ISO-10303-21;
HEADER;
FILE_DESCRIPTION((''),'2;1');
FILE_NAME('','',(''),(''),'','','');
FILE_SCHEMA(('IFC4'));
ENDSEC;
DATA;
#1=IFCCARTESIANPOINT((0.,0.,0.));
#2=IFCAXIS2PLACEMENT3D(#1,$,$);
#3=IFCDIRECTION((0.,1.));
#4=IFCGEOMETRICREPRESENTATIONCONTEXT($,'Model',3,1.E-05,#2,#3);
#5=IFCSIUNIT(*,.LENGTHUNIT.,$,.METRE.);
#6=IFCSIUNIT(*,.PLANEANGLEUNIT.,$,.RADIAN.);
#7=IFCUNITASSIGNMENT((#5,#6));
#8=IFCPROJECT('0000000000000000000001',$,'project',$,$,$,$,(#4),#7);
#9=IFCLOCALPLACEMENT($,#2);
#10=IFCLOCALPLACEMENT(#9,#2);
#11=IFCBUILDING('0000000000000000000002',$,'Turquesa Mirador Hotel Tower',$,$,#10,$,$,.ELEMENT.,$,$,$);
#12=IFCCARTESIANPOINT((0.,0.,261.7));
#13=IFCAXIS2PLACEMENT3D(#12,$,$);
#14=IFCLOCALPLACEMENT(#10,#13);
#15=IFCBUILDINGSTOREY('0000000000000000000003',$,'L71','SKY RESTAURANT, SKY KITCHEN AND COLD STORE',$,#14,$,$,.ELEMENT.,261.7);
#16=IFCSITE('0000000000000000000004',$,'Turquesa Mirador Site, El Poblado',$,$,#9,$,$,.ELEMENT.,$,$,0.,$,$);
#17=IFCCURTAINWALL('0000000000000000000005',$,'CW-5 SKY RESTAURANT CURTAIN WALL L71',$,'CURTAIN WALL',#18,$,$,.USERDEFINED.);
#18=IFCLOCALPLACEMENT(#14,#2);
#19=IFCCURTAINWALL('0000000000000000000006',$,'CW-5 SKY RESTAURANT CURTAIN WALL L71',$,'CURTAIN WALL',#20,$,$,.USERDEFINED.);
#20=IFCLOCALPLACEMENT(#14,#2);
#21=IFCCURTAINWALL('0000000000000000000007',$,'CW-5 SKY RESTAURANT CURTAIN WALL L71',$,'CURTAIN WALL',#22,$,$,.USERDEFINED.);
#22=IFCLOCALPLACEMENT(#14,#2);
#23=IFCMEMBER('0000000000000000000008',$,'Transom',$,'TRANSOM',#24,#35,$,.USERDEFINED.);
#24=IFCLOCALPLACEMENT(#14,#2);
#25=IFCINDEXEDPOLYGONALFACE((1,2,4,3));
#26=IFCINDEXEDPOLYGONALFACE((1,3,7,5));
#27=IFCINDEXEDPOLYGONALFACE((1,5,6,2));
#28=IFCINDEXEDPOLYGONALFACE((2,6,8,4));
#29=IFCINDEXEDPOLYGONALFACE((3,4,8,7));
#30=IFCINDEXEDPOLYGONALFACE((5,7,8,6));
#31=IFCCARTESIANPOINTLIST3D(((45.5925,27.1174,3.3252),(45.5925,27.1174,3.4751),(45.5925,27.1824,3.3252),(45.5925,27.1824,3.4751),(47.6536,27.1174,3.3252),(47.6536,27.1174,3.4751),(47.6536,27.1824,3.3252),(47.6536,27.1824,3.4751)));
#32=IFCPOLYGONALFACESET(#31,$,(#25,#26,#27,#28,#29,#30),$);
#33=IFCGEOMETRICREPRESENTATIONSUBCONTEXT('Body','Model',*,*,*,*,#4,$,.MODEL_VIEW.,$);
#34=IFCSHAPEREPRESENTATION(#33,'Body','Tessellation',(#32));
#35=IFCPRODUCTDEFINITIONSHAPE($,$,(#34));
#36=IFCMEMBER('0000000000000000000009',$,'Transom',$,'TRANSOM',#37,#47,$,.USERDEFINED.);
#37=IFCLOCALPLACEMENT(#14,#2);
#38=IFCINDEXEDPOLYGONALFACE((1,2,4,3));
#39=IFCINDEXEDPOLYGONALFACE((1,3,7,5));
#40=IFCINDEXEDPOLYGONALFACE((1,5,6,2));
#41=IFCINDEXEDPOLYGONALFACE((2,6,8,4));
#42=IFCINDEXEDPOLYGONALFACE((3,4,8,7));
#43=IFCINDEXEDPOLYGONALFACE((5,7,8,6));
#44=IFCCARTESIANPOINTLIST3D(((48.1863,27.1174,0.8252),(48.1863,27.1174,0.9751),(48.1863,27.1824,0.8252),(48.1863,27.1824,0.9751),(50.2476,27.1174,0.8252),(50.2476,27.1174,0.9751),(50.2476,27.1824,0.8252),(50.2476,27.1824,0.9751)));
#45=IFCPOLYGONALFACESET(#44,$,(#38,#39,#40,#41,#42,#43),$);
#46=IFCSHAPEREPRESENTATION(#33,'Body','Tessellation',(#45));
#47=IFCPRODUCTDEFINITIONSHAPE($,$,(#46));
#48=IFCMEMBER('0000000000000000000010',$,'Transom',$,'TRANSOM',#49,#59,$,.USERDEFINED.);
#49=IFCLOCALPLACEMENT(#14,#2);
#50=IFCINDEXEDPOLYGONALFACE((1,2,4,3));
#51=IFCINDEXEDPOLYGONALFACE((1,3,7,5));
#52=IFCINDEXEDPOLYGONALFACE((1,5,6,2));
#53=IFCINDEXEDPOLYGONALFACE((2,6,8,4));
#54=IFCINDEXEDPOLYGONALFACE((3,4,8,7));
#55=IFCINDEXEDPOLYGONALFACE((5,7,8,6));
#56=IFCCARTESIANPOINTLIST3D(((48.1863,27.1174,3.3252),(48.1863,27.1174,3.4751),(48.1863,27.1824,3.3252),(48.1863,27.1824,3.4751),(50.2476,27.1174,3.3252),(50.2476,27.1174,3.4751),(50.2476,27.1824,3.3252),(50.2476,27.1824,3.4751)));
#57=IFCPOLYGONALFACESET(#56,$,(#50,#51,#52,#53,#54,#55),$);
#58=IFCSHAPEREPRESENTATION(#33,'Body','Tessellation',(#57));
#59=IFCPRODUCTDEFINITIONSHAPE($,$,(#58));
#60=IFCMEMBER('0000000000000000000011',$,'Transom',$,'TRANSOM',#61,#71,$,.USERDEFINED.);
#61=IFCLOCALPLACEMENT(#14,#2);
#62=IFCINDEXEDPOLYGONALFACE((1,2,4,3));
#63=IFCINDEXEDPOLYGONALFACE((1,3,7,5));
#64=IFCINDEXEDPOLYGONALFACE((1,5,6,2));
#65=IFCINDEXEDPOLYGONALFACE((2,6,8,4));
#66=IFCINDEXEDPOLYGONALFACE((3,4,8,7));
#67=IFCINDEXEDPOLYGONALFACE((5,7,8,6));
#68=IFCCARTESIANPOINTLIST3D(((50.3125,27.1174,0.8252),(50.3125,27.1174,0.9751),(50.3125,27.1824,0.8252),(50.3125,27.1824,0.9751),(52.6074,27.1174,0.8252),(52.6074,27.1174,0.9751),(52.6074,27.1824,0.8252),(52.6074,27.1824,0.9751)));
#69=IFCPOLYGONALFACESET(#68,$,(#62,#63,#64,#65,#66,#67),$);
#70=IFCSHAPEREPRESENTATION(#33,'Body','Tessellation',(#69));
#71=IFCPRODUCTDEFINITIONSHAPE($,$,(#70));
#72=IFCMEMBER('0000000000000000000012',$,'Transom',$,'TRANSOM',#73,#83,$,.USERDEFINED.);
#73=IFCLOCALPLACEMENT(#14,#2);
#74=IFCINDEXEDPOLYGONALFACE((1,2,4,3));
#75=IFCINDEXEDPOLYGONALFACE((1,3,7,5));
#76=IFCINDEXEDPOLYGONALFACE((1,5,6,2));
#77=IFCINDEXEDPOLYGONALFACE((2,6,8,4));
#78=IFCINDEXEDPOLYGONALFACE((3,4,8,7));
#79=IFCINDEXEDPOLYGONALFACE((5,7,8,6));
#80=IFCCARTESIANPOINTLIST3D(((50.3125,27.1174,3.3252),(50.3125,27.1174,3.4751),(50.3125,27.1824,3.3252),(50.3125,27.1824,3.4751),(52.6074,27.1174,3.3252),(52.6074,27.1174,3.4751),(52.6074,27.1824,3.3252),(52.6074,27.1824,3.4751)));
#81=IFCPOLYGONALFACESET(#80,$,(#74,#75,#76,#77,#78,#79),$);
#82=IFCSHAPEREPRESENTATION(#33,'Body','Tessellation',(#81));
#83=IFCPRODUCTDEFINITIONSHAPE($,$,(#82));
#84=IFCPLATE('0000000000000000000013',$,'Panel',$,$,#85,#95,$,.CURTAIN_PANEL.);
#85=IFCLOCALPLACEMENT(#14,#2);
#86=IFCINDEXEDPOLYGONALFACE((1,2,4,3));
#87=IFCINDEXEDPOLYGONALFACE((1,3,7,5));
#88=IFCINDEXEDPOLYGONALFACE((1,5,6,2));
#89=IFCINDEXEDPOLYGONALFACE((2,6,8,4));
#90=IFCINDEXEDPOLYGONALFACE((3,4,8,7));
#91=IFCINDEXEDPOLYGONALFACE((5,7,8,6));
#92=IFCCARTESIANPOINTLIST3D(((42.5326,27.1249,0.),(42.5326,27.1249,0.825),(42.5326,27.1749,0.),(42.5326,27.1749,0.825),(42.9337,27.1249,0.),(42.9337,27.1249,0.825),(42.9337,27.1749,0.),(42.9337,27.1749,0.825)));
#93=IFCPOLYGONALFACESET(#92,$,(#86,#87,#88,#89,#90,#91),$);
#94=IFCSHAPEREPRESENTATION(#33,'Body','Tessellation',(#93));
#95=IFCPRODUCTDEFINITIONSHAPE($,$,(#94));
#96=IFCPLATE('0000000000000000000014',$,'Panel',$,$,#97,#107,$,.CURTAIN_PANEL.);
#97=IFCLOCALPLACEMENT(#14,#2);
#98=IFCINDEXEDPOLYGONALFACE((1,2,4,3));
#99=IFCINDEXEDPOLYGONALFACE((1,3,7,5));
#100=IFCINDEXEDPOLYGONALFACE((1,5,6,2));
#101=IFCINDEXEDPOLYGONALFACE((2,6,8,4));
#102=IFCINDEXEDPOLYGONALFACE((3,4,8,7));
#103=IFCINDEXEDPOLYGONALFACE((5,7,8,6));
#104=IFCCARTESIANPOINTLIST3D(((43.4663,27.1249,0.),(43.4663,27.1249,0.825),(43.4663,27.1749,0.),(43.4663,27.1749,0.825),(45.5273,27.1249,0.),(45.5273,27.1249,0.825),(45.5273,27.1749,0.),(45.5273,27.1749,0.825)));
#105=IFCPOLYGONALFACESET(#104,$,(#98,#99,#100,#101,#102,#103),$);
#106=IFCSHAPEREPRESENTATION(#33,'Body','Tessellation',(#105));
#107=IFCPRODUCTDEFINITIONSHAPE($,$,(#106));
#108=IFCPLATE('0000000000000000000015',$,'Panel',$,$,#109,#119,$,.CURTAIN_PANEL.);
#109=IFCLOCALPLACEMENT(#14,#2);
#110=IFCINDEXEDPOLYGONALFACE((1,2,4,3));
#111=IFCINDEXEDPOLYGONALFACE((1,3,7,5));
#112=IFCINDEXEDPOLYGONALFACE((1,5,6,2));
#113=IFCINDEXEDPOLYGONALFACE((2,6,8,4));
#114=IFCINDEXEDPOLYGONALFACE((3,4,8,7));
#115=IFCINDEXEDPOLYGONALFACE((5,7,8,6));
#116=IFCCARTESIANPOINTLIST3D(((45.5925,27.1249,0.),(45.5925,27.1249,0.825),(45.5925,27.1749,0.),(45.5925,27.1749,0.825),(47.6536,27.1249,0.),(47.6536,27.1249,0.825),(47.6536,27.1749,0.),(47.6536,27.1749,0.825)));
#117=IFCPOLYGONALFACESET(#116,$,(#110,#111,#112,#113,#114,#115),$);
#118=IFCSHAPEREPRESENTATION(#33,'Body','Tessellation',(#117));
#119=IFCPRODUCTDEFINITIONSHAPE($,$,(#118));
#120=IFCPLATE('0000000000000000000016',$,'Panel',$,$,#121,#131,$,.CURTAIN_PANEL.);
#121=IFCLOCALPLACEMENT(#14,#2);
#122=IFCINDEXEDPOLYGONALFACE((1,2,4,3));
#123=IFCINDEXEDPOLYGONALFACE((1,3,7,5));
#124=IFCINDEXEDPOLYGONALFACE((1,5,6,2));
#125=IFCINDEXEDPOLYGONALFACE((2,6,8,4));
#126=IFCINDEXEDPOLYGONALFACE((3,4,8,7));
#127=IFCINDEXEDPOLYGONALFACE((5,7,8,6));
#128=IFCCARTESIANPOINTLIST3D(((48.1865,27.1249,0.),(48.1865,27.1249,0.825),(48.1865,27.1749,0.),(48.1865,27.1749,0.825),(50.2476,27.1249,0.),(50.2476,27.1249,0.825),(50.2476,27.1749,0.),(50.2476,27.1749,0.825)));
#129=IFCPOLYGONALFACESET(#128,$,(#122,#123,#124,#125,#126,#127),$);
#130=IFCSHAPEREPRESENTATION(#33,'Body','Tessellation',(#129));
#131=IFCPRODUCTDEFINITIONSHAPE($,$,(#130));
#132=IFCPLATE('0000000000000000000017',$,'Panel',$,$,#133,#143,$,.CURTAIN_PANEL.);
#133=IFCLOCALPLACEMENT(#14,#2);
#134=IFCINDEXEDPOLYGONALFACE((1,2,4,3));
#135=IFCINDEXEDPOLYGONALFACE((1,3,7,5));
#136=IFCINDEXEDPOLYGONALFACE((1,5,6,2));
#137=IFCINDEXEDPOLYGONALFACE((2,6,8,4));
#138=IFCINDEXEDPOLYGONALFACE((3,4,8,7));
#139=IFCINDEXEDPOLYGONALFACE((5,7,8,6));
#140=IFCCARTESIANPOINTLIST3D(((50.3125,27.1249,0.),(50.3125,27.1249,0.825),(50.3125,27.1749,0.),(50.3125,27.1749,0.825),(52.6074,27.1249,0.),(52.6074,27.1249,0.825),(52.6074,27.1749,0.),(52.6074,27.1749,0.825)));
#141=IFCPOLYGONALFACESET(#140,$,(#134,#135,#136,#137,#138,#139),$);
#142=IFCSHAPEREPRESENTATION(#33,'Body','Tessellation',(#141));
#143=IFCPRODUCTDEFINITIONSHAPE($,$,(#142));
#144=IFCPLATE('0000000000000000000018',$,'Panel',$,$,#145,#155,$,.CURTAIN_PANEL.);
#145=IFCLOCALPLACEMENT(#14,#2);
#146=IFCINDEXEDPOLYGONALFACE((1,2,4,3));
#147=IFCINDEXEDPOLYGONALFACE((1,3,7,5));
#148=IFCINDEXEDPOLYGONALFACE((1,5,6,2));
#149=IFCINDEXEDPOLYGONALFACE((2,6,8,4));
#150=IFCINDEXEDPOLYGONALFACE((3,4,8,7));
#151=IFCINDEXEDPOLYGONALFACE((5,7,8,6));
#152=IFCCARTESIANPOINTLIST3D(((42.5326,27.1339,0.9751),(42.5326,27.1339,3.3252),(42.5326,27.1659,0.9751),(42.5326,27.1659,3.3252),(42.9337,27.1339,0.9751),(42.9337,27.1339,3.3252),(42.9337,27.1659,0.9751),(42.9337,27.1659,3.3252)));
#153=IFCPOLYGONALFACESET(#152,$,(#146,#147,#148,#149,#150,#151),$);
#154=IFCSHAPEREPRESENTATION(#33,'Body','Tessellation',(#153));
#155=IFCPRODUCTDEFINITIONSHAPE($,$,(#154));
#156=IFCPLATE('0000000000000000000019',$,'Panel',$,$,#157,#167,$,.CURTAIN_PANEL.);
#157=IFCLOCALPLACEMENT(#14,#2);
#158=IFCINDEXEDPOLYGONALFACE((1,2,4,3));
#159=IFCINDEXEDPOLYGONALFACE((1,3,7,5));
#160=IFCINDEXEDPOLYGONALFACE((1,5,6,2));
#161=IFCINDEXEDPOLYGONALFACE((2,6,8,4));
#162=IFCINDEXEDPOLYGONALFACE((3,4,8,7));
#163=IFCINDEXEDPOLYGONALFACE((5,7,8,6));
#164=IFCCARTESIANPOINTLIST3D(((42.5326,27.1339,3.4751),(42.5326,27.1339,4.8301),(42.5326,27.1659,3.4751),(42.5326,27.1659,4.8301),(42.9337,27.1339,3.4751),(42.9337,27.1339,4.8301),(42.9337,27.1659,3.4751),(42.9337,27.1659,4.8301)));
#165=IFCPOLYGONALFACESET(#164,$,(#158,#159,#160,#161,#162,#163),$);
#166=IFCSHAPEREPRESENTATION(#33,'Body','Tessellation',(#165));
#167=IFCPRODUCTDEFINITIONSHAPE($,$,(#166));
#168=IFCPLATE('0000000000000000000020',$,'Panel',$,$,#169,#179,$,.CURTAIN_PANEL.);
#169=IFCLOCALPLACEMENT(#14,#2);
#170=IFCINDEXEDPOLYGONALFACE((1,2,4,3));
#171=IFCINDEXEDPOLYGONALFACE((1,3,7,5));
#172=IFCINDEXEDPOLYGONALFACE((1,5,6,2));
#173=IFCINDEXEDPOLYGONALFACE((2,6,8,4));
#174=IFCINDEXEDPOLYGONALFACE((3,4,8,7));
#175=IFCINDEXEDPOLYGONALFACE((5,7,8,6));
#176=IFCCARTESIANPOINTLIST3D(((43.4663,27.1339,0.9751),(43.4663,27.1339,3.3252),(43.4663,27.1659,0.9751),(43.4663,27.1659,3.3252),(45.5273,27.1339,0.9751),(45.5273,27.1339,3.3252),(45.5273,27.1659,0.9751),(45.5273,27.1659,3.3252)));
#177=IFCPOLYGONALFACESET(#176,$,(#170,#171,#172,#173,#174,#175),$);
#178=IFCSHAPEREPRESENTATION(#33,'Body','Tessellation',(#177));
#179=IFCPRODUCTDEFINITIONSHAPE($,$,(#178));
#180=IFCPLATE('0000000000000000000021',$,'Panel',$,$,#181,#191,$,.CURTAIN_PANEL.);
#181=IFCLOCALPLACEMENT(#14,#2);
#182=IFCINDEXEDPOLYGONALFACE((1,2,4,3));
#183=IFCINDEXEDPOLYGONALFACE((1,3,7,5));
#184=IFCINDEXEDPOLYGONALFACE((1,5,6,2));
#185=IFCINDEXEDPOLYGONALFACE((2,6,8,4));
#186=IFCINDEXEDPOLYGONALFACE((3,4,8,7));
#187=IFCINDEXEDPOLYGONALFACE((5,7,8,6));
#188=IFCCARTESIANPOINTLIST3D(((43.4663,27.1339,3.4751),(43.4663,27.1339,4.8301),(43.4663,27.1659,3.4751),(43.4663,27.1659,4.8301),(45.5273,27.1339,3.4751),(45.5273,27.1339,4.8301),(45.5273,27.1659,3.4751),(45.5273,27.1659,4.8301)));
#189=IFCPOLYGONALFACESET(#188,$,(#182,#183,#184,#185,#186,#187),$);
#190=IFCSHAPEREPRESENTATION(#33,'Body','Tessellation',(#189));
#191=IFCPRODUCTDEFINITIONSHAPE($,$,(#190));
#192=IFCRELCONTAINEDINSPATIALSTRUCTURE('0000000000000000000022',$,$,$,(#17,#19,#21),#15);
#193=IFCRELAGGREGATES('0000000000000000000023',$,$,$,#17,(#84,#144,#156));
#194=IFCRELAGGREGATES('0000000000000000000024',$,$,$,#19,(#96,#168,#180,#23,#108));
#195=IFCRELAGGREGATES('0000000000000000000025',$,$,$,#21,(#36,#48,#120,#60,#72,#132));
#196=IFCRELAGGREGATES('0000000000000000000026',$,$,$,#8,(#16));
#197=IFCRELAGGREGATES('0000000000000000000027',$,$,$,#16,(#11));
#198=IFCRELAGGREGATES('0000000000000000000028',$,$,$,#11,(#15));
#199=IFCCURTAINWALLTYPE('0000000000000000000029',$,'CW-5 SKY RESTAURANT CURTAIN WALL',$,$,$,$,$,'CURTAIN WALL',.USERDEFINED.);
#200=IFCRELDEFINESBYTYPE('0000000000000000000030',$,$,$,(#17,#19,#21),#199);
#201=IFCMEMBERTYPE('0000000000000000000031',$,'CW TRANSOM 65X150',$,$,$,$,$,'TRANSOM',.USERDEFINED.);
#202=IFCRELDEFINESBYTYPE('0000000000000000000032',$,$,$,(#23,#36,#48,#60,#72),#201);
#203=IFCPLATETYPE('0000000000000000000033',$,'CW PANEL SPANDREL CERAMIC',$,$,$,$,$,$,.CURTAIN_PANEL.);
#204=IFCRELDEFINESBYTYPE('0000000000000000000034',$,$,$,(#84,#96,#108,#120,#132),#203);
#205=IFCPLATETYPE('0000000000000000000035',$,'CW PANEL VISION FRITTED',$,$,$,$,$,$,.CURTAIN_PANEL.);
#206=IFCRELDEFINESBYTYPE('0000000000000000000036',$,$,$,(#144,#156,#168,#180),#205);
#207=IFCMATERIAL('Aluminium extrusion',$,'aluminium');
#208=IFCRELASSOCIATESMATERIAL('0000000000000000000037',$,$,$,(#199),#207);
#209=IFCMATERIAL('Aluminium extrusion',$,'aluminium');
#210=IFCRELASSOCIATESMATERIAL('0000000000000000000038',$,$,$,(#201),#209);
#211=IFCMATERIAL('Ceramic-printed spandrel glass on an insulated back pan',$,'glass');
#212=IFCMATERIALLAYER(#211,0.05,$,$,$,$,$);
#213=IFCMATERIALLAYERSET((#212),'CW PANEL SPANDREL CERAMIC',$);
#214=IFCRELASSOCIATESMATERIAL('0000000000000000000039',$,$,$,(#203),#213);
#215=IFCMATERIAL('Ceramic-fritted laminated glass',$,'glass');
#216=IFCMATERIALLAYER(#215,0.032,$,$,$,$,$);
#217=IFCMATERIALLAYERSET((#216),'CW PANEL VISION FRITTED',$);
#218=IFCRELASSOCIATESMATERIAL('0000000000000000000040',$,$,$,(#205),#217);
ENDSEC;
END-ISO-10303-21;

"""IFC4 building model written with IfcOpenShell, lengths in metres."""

from ifc_helpers import new_model, si_unit, direction, frame, origin, origin_2d, place, context, subcontext, project, spatial, rectangle, extrude, material, layer, layer_set, material_profile, profile_set, type_object, element, aggregate, save


model = new_model("IFC4")

# Units and contexts
model_context = context("Model", 3, precision=1e-05, world=origin(), true_north=direction((0.0, 1.0)))
body_context = subcontext(model_context, "Body", "Model", "MODEL_VIEW")
ifc_project = project(units=[si_unit("LENGTHUNIT", "METRE"), si_unit("PLANEANGLEUNIT", "RADIAN")], contexts=[model_context])

# Site, building, storey
site_placement = place(None, origin())
site = spatial("IfcSite", under=ifc_project, at=site_placement, Name="Turquesa Mirador Site, El Poblado", CompositionType="ELEMENT", RefElevation=0.0)
building_placement = place(site_placement, origin())
building = spatial("IfcBuilding", under=site, at=building_placement, Name="Turquesa Mirador Hotel Tower", CompositionType="ELEMENT")
storey_placement = place(building_placement, frame((0.0, 0.0, 261.7)))
storey = spatial("IfcBuildingStorey", under=building, at=storey_placement, Name="L71", Description="SKY RESTAURANT, SKY KITCHEN AND COLD STORE", CompositionType="ELEMENT", Elevation=261.7)

# Curtain walls
ifc_material_1 = material(Name="Aluminium extrusion", Category="aluminium")
curtain_wall_type = type_object("IfcCurtainWallType", Name="CW-5 SKY RESTAURANT CURTAIN WALL", ElementType="CURTAIN WALL", PredefinedType="USERDEFINED", material=ifc_material_1)
curtain_wall_1_placement = place(storey_placement, origin())
curtain_wall_1 = element("IfcCurtainWall", 1, at=curtain_wall_1_placement, inside=storey, type_object=curtain_wall_type, Name="CW-5 SKY RESTAURANT CURTAIN WALL L71", ObjectType="CURTAIN WALL", PredefinedType="USERDEFINED")
curtain_wall_2_placement = place(storey_placement, origin())
curtain_wall_2 = element("IfcCurtainWall", 2, at=curtain_wall_2_placement, inside=storey, type_object=curtain_wall_type, Name="CW-5 SKY RESTAURANT CURTAIN WALL L71", ObjectType="CURTAIN WALL", PredefinedType="USERDEFINED")
curtain_wall_3_placement = place(storey_placement, origin())
curtain_wall_3 = element("IfcCurtainWall", 3, at=curtain_wall_3_placement, inside=storey, type_object=curtain_wall_type, Name="CW-5 SKY RESTAURANT CURTAIN WALL L71", ObjectType="CURTAIN WALL", PredefinedType="USERDEFINED")

# Members
ifc_material_2 = material(Name="Aluminium extrusion", Category="aluminium")
ifc_material_profile_1 = material_profile(ifc_material_2, rectangle(XDim=0.0649, YDim=0.1499, at=origin_2d()), Name="TRANSOM 65X150")
ifc_profile_set_1 = profile_set([ifc_material_profile_1], Name="Aluminium extrusion")
member_type_1 = type_object("IfcMemberType", Name="CW TRANSOM 65X150", ElementType="TRANSOM", PredefinedType="USERDEFINED", material=ifc_profile_set_1)
member_1_placement = place(storey_placement, frame((45.5925, 27.1499, 3.4001), z_axis=(1.0, 0.0, 0.0), x_axis=(0.0, 1.0, 0.0)))
member_1 = element("IfcMember", 4, at=member_1_placement, type_object=member_type_1, Name="Transom", ObjectType="TRANSOM", PredefinedType="USERDEFINED", context=body_context, shape_type="SweptSolid", body=[
    extrude(rectangle(XDim=0.0649, YDim=0.1499, at=origin_2d()), origin(), (0.0, 0.0, 1.0), 2.061),
])
member_2_placement = place(storey_placement, frame((48.1863, 27.1499, 0.9001), z_axis=(1.0, 0.0, 0.0), x_axis=(0.0, 1.0, 0.0)))
member_2 = element("IfcMember", 5, at=member_2_placement, type_object=member_type_1, Name="Transom", ObjectType="TRANSOM", PredefinedType="USERDEFINED", context=body_context, shape_type="SweptSolid", body=[
    extrude(rectangle(XDim=0.0649, YDim=0.1499, at=origin_2d()), origin(), (0.0, 0.0, 1.0), 2.0613),
])
member_3_placement = place(storey_placement, frame((48.1863, 27.1499, 3.4001), z_axis=(1.0, 0.0, 0.0), x_axis=(0.0, 1.0, 0.0)))
member_3 = element("IfcMember", 6, at=member_3_placement, type_object=member_type_1, Name="Transom", ObjectType="TRANSOM", PredefinedType="USERDEFINED", context=body_context, shape_type="SweptSolid", body=[
    extrude(rectangle(XDim=0.0649, YDim=0.1499, at=origin_2d()), origin(), (0.0, 0.0, 1.0), 2.0613),
])
member_4_placement = place(storey_placement, frame((50.3125, 27.1499, 0.9001), z_axis=(1.0, 0.0, 0.0), x_axis=(0.0, 1.0, 0.0)))
member_4 = element("IfcMember", 7, at=member_4_placement, type_object=member_type_1, Name="Transom", ObjectType="TRANSOM", PredefinedType="USERDEFINED", context=body_context, shape_type="SweptSolid", body=[
    extrude(rectangle(XDim=0.0649, YDim=0.1499, at=origin_2d()), origin(), (0.0, 0.0, 1.0), 2.2949),
])
member_5_placement = place(storey_placement, frame((50.3125, 27.1499, 3.4001), z_axis=(1.0, 0.0, 0.0), x_axis=(0.0, 1.0, 0.0)))
member_5 = element("IfcMember", 8, at=member_5_placement, type_object=member_type_1, Name="Transom", ObjectType="TRANSOM", PredefinedType="USERDEFINED", context=body_context, shape_type="SweptSolid", body=[
    extrude(rectangle(XDim=0.0649, YDim=0.1499, at=origin_2d()), origin(), (0.0, 0.0, 1.0), 2.2949),
])

# Plates
ifc_material_3 = material(Name="Ceramic-printed spandrel glass on an insulated back pan", Category="glass")
ifc_layer_1 = layer(ifc_material_3, 0.05)
ifc_layer_set_1 = layer_set([ifc_layer_1], Name="CW PANEL SPANDREL CERAMIC")
plate_type_1 = type_object("IfcPlateType", Name="CW PANEL SPANDREL CERAMIC", PredefinedType="CURTAIN_PANEL", material=ifc_layer_set_1)
plate_1_placement = place(storey_placement, frame((42.7332, 27.1499, 0.0), z_axis=(0.0, 0.0, 1.0), x_axis=(1.0, 0.0, 0.0)))
plate_1 = element("IfcPlate", 9, at=plate_1_placement, type_object=plate_type_1, Name="Panel", PredefinedType="CURTAIN_PANEL", context=body_context, shape_type="SweptSolid", body=[
    extrude(rectangle(XDim=0.4011, YDim=0.05, at=origin_2d()), origin(), (0.0, 0.0, 1.0), 0.825),
])
plate_2_placement = place(storey_placement, frame((44.4968, 27.1499, 0.0), z_axis=(0.0, 0.0, 1.0), x_axis=(1.0, 0.0, 0.0)))
plate_2 = element("IfcPlate", 10, at=plate_2_placement, type_object=plate_type_1, Name="Panel", PredefinedType="CURTAIN_PANEL", context=body_context, shape_type="SweptSolid", body=[
    extrude(rectangle(XDim=2.061, YDim=0.05, at=origin_2d()), origin(), (0.0, 0.0, 1.0), 0.825),
])
plate_3_placement = place(storey_placement, frame((46.623, 27.1499, 0.0), z_axis=(0.0, 0.0, 1.0), x_axis=(1.0, 0.0, 0.0)))
plate_3 = element("IfcPlate", 11, at=plate_3_placement, type_object=plate_type_1, Name="Panel", PredefinedType="CURTAIN_PANEL", context=body_context, shape_type="SweptSolid", body=[
    extrude(rectangle(XDim=2.061, YDim=0.05, at=origin_2d()), origin(), (0.0, 0.0, 1.0), 0.825),
])
plate_4_placement = place(storey_placement, frame((49.217, 27.1499, 0.0), z_axis=(0.0, 0.0, 1.0), x_axis=(1.0, 0.0, 0.0)))
plate_4 = element("IfcPlate", 12, at=plate_4_placement, type_object=plate_type_1, Name="Panel", PredefinedType="CURTAIN_PANEL", context=body_context, shape_type="SweptSolid", body=[
    extrude(rectangle(XDim=2.061, YDim=0.05, at=origin_2d()), origin(), (0.0, 0.0, 1.0), 0.825),
])
plate_5_placement = place(storey_placement, frame((51.46, 27.1499, 0.0), z_axis=(0.0, 0.0, 1.0), x_axis=(1.0, 0.0, 0.0)))
plate_5 = element("IfcPlate", 13, at=plate_5_placement, type_object=plate_type_1, Name="Panel", PredefinedType="CURTAIN_PANEL", context=body_context, shape_type="SweptSolid", body=[
    extrude(rectangle(XDim=2.2949, YDim=0.05, at=origin_2d()), origin(), (0.0, 0.0, 1.0), 0.825),
])
ifc_material_4 = material(Name="Ceramic-fritted laminated glass", Category="glass")
ifc_layer_2 = layer(ifc_material_4, 0.032)
ifc_layer_set_2 = layer_set([ifc_layer_2], Name="CW PANEL VISION FRITTED")
plate_type_2 = type_object("IfcPlateType", Name="CW PANEL VISION FRITTED", PredefinedType="CURTAIN_PANEL", material=ifc_layer_set_2)
plate_6_placement = place(storey_placement, frame((42.7332, 27.1499, 0.9751), z_axis=(0.0, 0.0, 1.0), x_axis=(1.0, 0.0, 0.0)))
plate_6 = element("IfcPlate", 14, at=plate_6_placement, type_object=plate_type_2, Name="Panel", PredefinedType="CURTAIN_PANEL", context=body_context, shape_type="SweptSolid", body=[
    extrude(rectangle(XDim=0.4011, YDim=0.032, at=origin_2d()), origin(), (0.0, 0.0, 1.0), 2.3501),
])
plate_7_placement = place(storey_placement, frame((42.7332, 27.1499, 3.4751), z_axis=(0.0, 0.0, 1.0), x_axis=(1.0, 0.0, 0.0)))
plate_7 = element("IfcPlate", 15, at=plate_7_placement, type_object=plate_type_2, Name="Panel", PredefinedType="CURTAIN_PANEL", context=body_context, shape_type="SweptSolid", body=[
    extrude(rectangle(XDim=0.4011, YDim=0.032, at=origin_2d()), origin(), (0.0, 0.0, 1.0), 1.355),
])
aggregate(curtain_wall_1, [plate_1, plate_6, plate_7])
plate_8_placement = place(storey_placement, frame((44.4968, 27.1499, 0.9751), z_axis=(0.0, 0.0, 1.0), x_axis=(1.0, 0.0, 0.0)))
plate_8 = element("IfcPlate", 16, at=plate_8_placement, type_object=plate_type_2, Name="Panel", PredefinedType="CURTAIN_PANEL", context=body_context, shape_type="SweptSolid", body=[
    extrude(rectangle(XDim=2.061, YDim=0.032, at=origin_2d()), origin(), (0.0, 0.0, 1.0), 2.3501),
])
plate_9_placement = place(storey_placement, frame((44.4968, 27.1499, 3.4751), z_axis=(0.0, 0.0, 1.0), x_axis=(1.0, 0.0, 0.0)))
plate_9 = element("IfcPlate", 17, at=plate_9_placement, type_object=plate_type_2, Name="Panel", PredefinedType="CURTAIN_PANEL", context=body_context, shape_type="SweptSolid", body=[
    extrude(rectangle(XDim=2.061, YDim=0.032, at=origin_2d()), origin(), (0.0, 0.0, 1.0), 1.355),
])
aggregate(curtain_wall_2, [plate_2, plate_8, plate_9, member_1, plate_3])
aggregate(curtain_wall_3, [member_2, member_3, plate_4, member_4, member_5, plate_5])

save(model, "model.ifc")
